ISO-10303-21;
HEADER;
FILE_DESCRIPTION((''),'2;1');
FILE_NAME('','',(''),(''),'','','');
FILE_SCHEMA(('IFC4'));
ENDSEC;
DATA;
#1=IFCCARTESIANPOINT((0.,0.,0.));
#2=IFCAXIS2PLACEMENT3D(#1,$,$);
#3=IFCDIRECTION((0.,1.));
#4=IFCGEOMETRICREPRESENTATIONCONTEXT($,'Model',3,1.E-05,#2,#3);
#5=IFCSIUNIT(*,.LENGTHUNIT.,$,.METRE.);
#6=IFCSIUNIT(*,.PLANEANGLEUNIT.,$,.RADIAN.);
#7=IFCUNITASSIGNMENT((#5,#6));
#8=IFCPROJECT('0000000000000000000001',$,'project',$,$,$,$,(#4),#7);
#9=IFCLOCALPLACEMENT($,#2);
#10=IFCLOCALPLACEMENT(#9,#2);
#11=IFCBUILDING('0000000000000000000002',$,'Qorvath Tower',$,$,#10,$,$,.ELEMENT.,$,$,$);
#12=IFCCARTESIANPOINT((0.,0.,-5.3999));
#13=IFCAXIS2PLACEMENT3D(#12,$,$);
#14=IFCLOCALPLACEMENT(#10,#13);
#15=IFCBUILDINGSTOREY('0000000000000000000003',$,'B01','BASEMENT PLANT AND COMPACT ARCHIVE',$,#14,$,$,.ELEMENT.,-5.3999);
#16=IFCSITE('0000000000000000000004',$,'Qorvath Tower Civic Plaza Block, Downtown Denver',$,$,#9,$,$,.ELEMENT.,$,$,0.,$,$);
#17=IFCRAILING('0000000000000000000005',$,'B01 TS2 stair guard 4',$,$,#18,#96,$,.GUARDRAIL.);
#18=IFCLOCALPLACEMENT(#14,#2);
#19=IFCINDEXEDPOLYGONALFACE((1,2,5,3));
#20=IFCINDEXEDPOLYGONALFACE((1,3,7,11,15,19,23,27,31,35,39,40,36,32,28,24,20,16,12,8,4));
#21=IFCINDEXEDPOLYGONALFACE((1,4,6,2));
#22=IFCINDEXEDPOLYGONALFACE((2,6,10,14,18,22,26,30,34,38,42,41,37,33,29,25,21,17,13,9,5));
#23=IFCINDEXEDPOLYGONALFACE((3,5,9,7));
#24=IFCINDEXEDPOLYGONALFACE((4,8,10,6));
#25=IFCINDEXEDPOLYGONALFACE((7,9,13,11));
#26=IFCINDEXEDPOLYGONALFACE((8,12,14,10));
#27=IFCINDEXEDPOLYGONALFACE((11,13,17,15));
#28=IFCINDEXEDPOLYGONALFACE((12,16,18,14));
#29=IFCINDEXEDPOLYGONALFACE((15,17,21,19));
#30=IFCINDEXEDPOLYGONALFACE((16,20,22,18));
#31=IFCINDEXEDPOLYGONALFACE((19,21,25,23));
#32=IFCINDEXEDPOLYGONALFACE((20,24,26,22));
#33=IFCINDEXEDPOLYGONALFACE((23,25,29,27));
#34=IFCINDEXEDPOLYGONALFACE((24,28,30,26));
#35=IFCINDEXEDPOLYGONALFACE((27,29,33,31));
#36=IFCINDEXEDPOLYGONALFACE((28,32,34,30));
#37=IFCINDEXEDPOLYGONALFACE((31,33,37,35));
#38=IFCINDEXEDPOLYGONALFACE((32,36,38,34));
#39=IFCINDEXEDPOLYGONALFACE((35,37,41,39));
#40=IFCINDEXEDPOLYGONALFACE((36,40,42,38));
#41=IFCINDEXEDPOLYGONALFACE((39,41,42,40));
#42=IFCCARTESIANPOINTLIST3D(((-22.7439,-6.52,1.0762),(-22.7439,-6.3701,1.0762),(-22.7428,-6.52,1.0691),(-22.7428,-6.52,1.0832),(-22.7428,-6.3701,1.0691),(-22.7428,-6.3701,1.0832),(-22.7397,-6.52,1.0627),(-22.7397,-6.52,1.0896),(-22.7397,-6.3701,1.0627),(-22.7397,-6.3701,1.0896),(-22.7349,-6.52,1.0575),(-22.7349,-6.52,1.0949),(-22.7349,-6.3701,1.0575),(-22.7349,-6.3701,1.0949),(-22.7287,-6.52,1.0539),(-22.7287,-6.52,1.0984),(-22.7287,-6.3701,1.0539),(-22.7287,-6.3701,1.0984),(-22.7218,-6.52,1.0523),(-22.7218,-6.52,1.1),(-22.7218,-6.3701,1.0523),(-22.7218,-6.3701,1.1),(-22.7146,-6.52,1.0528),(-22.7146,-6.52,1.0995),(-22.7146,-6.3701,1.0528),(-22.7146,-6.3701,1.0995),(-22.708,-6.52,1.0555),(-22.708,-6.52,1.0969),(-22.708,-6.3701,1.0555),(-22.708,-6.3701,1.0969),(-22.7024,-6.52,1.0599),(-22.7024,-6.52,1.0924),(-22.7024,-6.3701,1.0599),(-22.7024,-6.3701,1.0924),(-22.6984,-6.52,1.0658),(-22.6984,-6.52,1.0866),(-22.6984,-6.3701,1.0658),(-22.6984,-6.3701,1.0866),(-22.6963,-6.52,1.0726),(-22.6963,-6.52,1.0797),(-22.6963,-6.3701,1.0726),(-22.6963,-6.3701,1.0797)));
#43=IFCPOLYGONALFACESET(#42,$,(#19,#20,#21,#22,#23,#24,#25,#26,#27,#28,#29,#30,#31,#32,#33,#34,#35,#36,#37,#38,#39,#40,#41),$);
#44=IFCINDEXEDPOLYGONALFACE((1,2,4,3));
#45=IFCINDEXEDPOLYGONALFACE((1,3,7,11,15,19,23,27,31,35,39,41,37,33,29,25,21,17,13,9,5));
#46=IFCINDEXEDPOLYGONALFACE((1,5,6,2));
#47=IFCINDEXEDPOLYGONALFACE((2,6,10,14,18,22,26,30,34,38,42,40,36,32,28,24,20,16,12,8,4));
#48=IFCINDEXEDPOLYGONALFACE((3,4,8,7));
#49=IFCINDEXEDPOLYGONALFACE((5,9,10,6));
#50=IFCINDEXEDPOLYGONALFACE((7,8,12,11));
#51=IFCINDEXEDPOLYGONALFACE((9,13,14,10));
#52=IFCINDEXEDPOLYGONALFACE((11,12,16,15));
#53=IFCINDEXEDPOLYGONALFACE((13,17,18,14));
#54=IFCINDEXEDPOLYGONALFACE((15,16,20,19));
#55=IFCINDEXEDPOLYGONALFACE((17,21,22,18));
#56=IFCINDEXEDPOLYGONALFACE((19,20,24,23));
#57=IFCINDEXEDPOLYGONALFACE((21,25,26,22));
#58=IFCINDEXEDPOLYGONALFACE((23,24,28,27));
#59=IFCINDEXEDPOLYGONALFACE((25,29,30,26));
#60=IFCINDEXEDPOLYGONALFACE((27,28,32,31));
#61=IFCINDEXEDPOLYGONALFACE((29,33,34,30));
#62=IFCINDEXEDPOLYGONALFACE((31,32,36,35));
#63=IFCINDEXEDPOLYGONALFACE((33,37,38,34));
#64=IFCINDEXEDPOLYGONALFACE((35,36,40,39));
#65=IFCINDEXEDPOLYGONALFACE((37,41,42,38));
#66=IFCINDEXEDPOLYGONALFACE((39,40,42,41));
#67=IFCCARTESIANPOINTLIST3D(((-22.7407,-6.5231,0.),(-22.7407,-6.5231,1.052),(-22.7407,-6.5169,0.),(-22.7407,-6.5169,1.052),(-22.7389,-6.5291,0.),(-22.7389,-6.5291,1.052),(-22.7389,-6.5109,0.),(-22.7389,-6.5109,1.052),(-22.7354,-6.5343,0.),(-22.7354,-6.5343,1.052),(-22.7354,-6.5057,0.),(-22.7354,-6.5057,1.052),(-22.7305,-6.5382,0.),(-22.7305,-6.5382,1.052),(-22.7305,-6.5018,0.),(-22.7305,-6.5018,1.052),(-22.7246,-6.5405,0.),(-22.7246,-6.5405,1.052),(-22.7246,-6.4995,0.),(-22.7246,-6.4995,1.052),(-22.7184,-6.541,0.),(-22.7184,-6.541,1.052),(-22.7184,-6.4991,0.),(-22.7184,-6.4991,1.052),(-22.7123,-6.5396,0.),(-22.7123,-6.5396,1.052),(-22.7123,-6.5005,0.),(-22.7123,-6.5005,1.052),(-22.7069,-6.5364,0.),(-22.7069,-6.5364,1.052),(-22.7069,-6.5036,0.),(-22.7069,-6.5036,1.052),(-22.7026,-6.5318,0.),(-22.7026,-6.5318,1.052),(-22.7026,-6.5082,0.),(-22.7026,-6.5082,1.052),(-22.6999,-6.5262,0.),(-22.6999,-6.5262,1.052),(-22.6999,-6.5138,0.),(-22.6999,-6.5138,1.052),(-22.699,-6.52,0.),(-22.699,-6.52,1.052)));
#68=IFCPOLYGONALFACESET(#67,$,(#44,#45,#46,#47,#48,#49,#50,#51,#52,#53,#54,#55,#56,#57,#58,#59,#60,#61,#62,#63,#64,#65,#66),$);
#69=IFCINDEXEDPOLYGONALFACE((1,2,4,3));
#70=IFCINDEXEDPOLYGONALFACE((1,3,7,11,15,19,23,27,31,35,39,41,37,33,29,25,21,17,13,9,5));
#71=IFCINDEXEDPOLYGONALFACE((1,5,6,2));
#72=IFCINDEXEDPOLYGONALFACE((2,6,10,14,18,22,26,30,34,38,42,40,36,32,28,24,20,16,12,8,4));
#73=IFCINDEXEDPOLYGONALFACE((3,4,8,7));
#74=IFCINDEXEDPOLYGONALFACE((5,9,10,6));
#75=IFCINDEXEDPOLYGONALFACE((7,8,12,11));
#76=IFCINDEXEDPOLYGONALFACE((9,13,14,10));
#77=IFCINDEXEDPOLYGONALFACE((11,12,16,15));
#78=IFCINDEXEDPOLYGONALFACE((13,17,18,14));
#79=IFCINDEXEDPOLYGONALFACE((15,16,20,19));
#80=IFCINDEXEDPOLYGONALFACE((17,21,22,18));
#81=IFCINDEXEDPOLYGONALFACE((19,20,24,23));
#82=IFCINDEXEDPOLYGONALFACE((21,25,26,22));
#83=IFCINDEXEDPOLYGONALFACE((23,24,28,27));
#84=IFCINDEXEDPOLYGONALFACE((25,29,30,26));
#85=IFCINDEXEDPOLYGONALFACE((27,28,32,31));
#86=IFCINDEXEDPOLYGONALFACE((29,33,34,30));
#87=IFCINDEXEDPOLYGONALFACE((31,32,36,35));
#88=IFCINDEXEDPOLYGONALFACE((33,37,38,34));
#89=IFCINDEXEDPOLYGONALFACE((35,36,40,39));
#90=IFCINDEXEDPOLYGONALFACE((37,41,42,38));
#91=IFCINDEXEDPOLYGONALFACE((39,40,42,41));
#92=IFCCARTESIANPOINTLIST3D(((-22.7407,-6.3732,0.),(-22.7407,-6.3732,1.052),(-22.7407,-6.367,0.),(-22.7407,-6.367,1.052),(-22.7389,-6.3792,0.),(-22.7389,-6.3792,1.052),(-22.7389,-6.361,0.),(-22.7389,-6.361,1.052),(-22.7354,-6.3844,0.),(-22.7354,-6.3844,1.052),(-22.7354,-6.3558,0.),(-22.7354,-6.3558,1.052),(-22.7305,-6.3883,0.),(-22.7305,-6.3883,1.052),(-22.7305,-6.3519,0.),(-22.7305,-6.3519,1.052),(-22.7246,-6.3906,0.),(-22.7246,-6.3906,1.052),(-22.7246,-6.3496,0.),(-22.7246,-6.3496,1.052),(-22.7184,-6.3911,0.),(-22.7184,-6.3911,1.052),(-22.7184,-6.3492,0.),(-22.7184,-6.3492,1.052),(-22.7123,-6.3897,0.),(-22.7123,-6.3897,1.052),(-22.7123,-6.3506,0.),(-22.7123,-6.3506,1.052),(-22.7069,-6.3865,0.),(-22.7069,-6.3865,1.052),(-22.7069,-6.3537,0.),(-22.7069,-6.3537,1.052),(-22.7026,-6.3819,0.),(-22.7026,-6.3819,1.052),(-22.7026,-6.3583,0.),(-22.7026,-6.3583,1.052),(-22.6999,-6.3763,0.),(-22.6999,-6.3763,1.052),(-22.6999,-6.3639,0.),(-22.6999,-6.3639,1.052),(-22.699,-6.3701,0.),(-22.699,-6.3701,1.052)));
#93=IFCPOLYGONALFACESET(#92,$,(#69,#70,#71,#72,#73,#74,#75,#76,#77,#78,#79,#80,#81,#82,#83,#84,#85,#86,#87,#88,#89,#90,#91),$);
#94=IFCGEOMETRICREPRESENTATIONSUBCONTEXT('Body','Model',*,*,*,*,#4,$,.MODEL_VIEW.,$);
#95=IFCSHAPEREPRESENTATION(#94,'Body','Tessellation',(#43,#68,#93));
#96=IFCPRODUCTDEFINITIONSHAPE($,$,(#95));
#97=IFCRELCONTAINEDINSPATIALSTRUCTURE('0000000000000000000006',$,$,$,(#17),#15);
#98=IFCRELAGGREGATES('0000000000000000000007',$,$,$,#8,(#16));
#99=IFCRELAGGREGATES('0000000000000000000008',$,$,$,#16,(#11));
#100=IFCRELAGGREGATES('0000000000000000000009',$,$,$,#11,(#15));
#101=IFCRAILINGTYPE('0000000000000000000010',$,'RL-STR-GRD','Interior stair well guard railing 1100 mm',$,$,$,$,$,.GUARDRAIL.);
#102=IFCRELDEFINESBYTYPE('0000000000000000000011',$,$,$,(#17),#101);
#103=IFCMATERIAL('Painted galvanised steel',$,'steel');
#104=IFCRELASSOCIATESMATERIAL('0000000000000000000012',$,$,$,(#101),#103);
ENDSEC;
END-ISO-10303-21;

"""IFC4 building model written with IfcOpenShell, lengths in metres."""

from ifc_helpers import new_model, si_unit, direction, frame, origin, origin_2d, place, context, subcontext, project, spatial, circle, extrude, material, type_object, element, save


model = new_model("IFC4")

# Units and contexts
model_context = context("Model", 3, precision=1e-05, world=origin(), true_north=direction((0.0, 1.0)))
body_context = subcontext(model_context, "Body", "Model", "MODEL_VIEW")
ifc_project = project(units=[si_unit("LENGTHUNIT", "METRE"), si_unit("PLANEANGLEUNIT", "RADIAN")], contexts=[model_context])

# Site, building, storey
site_placement = place(None, origin())
site = spatial("IfcSite", under=ifc_project, at=site_placement, Name="Qorvath Tower Civic Plaza Block, Downtown Denver", CompositionType="ELEMENT", RefElevation=0.0)
building_placement = place(site_placement, origin())
building = spatial("IfcBuilding", under=site, at=building_placement, Name="Qorvath Tower", CompositionType="ELEMENT")
storey_placement = place(building_placement, frame((0.0, 0.0, -5.3999)))
storey = spatial("IfcBuildingStorey", under=building, at=storey_placement, Name="B01", Description="BASEMENT PLANT AND COMPACT ARCHIVE", CompositionType="ELEMENT", Elevation=-5.3999)

# Railing
ifc_material_1 = material(Name="Painted galvanised steel", Category="steel")
railing_type_1 = type_object("IfcRailingType", Name="RL-STR-GRD", Description="Interior stair well guard railing 1100 mm", PredefinedType="GUARDRAIL", material=ifc_material_1)
railing_1_placement = place(storey_placement, frame((-22.72, -6.52, 0.0)))
element("IfcRailing", 1, at=railing_1_placement, inside=storey, type_object=railing_type_1, Name="B01 TS2 stair guard 4", PredefinedType="GUARDRAIL", context=body_context, shape_type="SweptSolid", body=[
    extrude(circle(Radius=0.0239, at=origin_2d()), frame((0.0, 0.0, 1.0762), z_axis=(0.0, 1.0, 0.0), x_axis=(-1.0, 0.0, 0.0)), (0.0, 0.0, 1.0), 0.1499),
    extrude(circle(Radius=0.021, at=origin_2d()), origin(), (0.0, 0.0, 1.0), 1.052),
    extrude(circle(Radius=0.021, at=origin_2d()), frame((0.0, 0.1499, 0.0)), (0.0, 0.0, 1.0), 1.052),
])

save(model, "model.ifc")
